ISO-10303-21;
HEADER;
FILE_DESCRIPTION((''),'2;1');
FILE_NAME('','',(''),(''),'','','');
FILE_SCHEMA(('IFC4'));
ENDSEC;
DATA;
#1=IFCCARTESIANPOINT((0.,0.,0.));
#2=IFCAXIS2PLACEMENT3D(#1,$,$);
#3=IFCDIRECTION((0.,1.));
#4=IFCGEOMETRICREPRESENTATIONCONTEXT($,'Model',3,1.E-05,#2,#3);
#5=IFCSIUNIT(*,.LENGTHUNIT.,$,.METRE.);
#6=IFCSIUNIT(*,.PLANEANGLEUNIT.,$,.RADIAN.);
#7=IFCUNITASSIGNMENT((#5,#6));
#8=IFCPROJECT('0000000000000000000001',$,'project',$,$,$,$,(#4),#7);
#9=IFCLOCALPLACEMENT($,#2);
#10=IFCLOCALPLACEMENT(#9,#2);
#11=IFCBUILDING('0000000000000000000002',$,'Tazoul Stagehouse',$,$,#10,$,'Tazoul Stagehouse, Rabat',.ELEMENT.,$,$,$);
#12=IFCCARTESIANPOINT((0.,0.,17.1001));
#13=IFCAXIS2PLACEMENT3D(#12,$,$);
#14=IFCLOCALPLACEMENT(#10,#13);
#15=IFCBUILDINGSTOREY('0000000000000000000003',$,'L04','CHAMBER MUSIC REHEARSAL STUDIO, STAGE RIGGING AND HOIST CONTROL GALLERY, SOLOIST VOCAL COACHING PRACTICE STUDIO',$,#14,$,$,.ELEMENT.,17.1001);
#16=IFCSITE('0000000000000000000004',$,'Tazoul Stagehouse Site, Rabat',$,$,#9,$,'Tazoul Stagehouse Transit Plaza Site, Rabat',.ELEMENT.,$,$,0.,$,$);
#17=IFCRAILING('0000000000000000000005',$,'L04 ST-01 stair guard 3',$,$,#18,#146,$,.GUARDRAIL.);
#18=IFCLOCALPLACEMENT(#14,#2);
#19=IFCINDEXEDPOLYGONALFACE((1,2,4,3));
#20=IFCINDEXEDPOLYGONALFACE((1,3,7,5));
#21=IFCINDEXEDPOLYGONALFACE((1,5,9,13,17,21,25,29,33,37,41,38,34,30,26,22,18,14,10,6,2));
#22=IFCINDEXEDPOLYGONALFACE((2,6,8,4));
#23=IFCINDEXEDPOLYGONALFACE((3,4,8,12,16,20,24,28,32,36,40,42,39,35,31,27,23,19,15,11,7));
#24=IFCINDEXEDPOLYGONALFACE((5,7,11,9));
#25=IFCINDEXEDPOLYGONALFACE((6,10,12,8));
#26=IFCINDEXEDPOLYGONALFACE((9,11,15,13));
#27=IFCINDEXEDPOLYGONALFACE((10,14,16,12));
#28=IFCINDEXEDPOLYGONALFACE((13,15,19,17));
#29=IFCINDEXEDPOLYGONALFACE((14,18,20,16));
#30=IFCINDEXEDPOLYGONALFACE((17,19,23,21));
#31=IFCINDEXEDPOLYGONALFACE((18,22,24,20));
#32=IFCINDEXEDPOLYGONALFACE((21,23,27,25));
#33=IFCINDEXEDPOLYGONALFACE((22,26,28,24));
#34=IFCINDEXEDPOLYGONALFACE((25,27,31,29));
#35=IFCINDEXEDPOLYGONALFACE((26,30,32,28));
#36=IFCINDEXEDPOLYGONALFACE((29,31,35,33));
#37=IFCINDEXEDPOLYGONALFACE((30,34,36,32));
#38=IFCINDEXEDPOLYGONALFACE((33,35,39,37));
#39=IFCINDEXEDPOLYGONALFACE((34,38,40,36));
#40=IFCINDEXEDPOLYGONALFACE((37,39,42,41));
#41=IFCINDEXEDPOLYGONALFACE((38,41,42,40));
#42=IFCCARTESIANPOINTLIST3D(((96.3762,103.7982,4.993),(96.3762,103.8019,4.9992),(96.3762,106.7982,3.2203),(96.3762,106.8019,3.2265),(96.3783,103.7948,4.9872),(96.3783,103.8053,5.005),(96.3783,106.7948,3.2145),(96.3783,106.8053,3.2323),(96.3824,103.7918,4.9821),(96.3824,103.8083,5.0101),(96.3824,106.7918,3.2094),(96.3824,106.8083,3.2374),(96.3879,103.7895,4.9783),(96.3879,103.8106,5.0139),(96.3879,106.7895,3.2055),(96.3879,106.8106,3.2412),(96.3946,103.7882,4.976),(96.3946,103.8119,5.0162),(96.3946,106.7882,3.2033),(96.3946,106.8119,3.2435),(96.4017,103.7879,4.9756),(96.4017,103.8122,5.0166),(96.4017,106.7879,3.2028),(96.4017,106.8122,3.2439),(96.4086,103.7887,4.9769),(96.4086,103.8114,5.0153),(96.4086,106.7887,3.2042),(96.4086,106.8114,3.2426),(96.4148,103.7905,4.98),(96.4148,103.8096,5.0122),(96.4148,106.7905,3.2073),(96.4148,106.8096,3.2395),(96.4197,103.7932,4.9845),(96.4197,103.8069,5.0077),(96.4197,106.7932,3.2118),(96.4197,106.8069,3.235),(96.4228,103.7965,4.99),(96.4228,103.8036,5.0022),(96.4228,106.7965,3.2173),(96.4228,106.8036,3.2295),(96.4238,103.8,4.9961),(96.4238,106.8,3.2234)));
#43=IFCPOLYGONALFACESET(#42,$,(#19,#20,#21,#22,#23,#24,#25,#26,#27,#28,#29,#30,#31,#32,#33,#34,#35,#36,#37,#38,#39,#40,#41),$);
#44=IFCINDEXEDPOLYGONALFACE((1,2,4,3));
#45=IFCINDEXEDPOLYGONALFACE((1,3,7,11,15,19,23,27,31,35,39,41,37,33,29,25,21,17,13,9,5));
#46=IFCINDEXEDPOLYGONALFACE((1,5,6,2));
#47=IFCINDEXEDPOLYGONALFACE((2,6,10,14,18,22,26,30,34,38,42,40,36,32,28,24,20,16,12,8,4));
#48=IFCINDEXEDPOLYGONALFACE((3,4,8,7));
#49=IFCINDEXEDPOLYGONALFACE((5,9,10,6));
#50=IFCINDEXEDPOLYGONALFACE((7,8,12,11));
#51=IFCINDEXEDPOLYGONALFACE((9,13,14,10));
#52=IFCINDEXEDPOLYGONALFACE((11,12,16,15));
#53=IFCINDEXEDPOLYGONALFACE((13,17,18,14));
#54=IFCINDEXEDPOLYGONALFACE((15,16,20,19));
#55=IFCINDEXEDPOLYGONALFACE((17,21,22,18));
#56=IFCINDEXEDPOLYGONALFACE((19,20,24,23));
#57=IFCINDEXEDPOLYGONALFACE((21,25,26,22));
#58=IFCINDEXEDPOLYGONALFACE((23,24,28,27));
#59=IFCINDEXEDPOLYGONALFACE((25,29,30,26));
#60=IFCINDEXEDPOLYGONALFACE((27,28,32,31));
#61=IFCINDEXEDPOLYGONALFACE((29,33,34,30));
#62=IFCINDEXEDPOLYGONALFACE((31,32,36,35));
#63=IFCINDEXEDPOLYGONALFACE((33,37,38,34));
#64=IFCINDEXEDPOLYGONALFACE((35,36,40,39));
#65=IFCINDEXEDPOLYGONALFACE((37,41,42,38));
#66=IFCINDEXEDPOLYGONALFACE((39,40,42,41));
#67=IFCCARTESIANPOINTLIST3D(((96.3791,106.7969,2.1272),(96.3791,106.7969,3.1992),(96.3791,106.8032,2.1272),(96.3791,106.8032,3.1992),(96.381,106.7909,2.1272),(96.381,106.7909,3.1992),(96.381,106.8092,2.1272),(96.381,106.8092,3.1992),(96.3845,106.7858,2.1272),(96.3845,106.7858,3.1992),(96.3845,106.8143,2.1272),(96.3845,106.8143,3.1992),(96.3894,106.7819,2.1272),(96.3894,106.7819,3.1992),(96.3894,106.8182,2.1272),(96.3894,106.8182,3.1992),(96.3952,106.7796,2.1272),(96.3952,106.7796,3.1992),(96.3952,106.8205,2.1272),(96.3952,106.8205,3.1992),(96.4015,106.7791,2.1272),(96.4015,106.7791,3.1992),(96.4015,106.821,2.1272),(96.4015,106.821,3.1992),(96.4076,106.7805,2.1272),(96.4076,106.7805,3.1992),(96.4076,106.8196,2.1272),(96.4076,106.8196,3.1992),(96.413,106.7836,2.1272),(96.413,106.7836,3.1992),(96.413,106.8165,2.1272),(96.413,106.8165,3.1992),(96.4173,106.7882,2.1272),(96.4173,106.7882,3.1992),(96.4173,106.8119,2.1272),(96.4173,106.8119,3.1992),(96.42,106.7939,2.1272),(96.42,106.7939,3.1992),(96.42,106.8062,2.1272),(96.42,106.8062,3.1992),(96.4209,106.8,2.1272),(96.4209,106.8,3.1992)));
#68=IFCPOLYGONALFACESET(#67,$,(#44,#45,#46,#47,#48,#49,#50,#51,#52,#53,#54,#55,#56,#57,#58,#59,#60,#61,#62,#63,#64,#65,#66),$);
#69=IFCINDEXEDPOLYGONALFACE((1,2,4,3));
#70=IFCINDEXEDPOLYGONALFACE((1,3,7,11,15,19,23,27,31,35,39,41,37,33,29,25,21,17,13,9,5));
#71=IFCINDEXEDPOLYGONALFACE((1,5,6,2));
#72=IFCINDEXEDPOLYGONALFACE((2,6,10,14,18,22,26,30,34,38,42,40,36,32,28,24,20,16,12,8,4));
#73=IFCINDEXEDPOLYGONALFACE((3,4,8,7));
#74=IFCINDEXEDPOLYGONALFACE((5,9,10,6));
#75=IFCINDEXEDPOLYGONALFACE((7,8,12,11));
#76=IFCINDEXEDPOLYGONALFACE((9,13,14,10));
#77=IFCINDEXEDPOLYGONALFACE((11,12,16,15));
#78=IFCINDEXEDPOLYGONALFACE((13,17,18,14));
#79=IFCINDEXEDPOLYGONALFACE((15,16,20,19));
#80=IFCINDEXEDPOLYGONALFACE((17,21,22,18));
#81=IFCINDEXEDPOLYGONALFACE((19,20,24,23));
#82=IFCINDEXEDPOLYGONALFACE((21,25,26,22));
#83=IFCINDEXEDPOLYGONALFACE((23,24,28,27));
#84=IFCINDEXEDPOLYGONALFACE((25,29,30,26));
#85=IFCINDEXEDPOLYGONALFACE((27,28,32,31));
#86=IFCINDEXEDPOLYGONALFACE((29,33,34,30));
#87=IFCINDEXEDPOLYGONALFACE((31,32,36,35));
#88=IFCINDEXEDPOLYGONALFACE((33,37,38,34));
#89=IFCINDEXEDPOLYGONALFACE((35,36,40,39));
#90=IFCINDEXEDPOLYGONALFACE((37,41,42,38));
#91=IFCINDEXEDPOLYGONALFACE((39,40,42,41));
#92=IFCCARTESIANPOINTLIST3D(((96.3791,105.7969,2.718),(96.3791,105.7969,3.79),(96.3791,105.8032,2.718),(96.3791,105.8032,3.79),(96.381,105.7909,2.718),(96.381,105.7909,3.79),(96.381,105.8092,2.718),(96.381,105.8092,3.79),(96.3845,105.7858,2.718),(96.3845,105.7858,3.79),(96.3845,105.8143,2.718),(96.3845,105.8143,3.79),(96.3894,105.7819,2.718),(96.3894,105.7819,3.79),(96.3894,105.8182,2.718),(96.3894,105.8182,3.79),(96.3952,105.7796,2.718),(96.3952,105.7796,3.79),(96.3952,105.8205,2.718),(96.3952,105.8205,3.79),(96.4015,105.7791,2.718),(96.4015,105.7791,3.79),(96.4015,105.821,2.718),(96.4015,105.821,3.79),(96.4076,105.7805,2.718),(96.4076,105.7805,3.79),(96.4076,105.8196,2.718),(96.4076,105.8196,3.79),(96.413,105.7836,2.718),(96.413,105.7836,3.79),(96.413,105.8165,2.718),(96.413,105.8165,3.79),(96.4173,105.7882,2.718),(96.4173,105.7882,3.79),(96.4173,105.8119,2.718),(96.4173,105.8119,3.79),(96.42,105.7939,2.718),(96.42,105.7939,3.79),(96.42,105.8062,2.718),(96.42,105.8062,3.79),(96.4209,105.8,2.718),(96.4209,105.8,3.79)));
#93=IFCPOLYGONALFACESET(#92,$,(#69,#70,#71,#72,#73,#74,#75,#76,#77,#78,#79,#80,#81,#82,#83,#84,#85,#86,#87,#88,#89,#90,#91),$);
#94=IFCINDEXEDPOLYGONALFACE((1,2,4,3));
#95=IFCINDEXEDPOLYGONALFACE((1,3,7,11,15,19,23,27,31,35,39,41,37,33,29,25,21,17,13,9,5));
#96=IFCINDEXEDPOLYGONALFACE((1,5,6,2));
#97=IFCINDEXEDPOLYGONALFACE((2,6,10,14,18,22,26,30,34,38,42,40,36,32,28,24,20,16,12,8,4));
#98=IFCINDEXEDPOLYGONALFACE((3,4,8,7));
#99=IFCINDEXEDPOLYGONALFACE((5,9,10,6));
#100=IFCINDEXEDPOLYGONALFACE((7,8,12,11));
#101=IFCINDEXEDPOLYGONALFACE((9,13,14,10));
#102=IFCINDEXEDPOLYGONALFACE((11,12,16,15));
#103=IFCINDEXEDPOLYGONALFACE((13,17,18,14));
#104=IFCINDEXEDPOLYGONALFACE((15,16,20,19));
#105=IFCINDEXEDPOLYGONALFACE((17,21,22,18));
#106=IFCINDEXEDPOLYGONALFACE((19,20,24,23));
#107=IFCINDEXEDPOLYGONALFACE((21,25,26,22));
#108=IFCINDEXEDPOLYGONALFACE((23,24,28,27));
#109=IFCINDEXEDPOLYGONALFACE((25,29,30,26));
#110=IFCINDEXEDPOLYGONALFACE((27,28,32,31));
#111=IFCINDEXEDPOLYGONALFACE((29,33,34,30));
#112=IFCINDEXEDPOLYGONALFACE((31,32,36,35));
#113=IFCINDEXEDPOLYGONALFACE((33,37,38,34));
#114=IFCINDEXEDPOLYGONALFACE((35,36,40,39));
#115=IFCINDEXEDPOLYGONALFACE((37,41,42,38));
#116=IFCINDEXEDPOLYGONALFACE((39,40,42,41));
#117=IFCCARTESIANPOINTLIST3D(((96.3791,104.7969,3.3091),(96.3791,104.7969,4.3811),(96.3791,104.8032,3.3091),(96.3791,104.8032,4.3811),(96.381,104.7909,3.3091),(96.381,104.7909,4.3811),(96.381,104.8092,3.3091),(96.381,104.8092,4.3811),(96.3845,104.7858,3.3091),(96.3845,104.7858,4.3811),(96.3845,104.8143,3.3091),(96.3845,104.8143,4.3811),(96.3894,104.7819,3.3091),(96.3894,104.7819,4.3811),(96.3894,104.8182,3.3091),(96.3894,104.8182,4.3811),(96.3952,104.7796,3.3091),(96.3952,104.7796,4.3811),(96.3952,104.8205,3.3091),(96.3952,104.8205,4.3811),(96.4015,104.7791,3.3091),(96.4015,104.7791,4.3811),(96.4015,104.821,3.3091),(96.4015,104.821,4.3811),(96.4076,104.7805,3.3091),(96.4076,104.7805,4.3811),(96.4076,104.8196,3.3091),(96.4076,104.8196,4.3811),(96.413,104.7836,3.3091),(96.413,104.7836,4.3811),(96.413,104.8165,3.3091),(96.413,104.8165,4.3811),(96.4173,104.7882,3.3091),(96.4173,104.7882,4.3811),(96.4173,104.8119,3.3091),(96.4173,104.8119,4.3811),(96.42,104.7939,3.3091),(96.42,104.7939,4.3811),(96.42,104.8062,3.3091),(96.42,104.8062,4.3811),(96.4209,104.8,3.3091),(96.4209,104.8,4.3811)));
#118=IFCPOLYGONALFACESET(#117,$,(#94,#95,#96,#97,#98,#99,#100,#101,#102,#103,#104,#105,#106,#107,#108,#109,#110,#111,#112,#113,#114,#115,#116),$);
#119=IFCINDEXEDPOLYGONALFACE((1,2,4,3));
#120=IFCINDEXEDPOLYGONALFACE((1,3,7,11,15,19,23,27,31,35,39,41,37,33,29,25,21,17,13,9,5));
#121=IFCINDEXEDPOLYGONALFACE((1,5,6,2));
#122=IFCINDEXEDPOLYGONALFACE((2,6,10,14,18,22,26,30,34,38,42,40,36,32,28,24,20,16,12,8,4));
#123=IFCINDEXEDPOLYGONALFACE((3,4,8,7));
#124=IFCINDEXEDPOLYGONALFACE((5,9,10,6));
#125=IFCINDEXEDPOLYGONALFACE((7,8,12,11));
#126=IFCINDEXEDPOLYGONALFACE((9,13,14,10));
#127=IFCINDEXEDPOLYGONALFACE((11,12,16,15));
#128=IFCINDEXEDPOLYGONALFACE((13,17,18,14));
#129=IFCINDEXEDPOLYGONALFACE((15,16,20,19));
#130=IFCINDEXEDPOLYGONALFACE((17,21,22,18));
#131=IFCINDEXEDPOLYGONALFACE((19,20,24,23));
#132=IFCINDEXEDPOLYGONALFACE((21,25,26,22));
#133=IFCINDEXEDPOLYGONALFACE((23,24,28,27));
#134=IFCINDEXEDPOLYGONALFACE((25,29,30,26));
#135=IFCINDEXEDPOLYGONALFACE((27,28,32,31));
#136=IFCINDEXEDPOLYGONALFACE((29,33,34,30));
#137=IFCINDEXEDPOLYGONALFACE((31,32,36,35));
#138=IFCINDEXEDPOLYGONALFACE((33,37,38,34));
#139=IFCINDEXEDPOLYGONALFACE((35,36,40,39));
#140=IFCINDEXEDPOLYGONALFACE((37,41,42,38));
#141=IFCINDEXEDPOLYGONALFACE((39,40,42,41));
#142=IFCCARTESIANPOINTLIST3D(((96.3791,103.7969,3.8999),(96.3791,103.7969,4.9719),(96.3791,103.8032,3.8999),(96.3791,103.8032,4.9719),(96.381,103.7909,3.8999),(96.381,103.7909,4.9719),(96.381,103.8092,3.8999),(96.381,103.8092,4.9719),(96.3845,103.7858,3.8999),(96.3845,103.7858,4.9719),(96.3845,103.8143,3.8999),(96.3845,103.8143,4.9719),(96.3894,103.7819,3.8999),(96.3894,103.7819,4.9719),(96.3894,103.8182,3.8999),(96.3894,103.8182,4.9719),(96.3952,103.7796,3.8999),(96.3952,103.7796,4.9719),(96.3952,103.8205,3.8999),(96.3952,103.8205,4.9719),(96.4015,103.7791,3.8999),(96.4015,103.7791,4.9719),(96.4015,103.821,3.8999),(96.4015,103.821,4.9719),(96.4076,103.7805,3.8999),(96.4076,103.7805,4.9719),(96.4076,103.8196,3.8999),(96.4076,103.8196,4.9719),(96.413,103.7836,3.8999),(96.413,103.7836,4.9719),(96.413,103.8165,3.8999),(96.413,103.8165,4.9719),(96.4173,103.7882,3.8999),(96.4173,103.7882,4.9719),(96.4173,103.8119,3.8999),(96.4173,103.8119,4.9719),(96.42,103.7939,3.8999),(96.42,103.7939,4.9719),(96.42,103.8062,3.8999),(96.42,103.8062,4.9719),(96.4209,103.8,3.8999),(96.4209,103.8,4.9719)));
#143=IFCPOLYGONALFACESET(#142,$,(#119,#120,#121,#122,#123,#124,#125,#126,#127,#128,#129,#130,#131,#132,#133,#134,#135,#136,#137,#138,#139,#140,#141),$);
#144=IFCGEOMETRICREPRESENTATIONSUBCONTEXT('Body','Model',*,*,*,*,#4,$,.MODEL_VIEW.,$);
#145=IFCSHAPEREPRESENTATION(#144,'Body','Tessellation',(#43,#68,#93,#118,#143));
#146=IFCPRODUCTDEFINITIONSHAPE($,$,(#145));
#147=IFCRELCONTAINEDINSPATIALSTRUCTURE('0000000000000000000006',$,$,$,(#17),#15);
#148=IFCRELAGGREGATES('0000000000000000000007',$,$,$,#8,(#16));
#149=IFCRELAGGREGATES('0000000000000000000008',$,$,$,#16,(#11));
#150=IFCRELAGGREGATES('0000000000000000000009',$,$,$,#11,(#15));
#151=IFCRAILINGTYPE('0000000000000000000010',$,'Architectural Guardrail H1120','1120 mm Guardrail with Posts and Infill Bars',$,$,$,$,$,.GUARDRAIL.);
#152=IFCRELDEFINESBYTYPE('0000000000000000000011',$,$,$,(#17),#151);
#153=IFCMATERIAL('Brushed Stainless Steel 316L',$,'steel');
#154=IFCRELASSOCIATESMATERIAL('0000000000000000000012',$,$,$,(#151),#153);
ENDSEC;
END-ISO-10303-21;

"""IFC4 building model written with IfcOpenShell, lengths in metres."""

from ifc_helpers import new_model, si_unit, direction, frame, origin, origin_2d, place, context, subcontext, project, spatial, circle, extrude, material, material_profile, profile_set, type_object, element, save


model = new_model("IFC4")

# Units and contexts
model_context = context("Model", 3, precision=1e-05, world=origin(), true_north=direction((0.0, 1.0)))
body_context = subcontext(model_context, "Body", "Model", "MODEL_VIEW")
ifc_project = project(units=[si_unit("LENGTHUNIT", "METRE"), si_unit("PLANEANGLEUNIT", "RADIAN")], contexts=[model_context])

# Site, building, storey
site_placement = place(None, origin())
site = spatial("IfcSite", under=ifc_project, at=site_placement, Name="Tazoul Stagehouse Site, Rabat", LongName="Tazoul Stagehouse Transit Plaza Site, Rabat", CompositionType="ELEMENT", RefElevation=0.0)
building_placement = place(site_placement, origin())
building = spatial("IfcBuilding", under=site, at=building_placement, Name="Tazoul Stagehouse", LongName="Tazoul Stagehouse, Rabat", CompositionType="ELEMENT")
storey_placement = place(building_placement, frame((0.0, 0.0, 17.1001)))
storey = spatial("IfcBuildingStorey", under=building, at=storey_placement, Name="L04", Description="CHAMBER MUSIC REHEARSAL STUDIO, STAGE RIGGING AND HOIST CONTROL GALLERY, SOLOIST VOCAL COACHING PRACTICE STUDIO", CompositionType="ELEMENT", Elevation=17.1001)

# Railing
ifc_material_1 = material(Name="Brushed Stainless Steel 316L", Category="steel")
ifc_material_profile_1 = material_profile(ifc_material_1, circle(Radius=0.0239, at=origin_2d()), Name="SS RAIL D48")
ifc_profile_set_1 = profile_set([ifc_material_profile_1], Name="Brushed Stainless Steel 316L")
railing_type_1 = type_object("IfcRailingType", Name="Architectural Guardrail H1120", Description="1120 mm Guardrail with Posts and Infill Bars", PredefinedType="GUARDRAIL", material=ifc_profile_set_1)
railing_1_placement = place(storey_placement, frame((96.3999, 106.8, 2.1272)))
element("IfcRailing", 1, at=railing_1_placement, inside=storey, type_object=railing_type_1, Name="L04 ST-01 stair guard 3", PredefinedType="GUARDRAIL", context=body_context, shape_type="SweptSolid", body=[
    extrude(circle(Radius=0.0239, at=origin_2d()), frame((0.0, 0.0, 1.0962), z_axis=(0.0, -0.860929, 0.508725), x_axis=(1.0, 0.0, 0.0)), (0.0, 0.0, 1.0), 3.4846),
    extrude(circle(Radius=0.021, at=origin_2d()), origin(), (0.0, 0.0, 1.0), 1.072),
    extrude(circle(Radius=0.021, at=origin_2d()), frame((0.0, -1.0, 0.5908)), (0.0, 0.0, 1.0), 1.072),
    extrude(circle(Radius=0.021, at=origin_2d()), frame((0.0, -2.0, 1.1819)), (0.0, 0.0, 1.0), 1.072),
    extrude(circle(Radius=0.021, at=origin_2d()), frame((0.0, -3.0, 1.7727)), (0.0, 0.0, 1.0), 1.072),
])

save(model, "model.ifc")
